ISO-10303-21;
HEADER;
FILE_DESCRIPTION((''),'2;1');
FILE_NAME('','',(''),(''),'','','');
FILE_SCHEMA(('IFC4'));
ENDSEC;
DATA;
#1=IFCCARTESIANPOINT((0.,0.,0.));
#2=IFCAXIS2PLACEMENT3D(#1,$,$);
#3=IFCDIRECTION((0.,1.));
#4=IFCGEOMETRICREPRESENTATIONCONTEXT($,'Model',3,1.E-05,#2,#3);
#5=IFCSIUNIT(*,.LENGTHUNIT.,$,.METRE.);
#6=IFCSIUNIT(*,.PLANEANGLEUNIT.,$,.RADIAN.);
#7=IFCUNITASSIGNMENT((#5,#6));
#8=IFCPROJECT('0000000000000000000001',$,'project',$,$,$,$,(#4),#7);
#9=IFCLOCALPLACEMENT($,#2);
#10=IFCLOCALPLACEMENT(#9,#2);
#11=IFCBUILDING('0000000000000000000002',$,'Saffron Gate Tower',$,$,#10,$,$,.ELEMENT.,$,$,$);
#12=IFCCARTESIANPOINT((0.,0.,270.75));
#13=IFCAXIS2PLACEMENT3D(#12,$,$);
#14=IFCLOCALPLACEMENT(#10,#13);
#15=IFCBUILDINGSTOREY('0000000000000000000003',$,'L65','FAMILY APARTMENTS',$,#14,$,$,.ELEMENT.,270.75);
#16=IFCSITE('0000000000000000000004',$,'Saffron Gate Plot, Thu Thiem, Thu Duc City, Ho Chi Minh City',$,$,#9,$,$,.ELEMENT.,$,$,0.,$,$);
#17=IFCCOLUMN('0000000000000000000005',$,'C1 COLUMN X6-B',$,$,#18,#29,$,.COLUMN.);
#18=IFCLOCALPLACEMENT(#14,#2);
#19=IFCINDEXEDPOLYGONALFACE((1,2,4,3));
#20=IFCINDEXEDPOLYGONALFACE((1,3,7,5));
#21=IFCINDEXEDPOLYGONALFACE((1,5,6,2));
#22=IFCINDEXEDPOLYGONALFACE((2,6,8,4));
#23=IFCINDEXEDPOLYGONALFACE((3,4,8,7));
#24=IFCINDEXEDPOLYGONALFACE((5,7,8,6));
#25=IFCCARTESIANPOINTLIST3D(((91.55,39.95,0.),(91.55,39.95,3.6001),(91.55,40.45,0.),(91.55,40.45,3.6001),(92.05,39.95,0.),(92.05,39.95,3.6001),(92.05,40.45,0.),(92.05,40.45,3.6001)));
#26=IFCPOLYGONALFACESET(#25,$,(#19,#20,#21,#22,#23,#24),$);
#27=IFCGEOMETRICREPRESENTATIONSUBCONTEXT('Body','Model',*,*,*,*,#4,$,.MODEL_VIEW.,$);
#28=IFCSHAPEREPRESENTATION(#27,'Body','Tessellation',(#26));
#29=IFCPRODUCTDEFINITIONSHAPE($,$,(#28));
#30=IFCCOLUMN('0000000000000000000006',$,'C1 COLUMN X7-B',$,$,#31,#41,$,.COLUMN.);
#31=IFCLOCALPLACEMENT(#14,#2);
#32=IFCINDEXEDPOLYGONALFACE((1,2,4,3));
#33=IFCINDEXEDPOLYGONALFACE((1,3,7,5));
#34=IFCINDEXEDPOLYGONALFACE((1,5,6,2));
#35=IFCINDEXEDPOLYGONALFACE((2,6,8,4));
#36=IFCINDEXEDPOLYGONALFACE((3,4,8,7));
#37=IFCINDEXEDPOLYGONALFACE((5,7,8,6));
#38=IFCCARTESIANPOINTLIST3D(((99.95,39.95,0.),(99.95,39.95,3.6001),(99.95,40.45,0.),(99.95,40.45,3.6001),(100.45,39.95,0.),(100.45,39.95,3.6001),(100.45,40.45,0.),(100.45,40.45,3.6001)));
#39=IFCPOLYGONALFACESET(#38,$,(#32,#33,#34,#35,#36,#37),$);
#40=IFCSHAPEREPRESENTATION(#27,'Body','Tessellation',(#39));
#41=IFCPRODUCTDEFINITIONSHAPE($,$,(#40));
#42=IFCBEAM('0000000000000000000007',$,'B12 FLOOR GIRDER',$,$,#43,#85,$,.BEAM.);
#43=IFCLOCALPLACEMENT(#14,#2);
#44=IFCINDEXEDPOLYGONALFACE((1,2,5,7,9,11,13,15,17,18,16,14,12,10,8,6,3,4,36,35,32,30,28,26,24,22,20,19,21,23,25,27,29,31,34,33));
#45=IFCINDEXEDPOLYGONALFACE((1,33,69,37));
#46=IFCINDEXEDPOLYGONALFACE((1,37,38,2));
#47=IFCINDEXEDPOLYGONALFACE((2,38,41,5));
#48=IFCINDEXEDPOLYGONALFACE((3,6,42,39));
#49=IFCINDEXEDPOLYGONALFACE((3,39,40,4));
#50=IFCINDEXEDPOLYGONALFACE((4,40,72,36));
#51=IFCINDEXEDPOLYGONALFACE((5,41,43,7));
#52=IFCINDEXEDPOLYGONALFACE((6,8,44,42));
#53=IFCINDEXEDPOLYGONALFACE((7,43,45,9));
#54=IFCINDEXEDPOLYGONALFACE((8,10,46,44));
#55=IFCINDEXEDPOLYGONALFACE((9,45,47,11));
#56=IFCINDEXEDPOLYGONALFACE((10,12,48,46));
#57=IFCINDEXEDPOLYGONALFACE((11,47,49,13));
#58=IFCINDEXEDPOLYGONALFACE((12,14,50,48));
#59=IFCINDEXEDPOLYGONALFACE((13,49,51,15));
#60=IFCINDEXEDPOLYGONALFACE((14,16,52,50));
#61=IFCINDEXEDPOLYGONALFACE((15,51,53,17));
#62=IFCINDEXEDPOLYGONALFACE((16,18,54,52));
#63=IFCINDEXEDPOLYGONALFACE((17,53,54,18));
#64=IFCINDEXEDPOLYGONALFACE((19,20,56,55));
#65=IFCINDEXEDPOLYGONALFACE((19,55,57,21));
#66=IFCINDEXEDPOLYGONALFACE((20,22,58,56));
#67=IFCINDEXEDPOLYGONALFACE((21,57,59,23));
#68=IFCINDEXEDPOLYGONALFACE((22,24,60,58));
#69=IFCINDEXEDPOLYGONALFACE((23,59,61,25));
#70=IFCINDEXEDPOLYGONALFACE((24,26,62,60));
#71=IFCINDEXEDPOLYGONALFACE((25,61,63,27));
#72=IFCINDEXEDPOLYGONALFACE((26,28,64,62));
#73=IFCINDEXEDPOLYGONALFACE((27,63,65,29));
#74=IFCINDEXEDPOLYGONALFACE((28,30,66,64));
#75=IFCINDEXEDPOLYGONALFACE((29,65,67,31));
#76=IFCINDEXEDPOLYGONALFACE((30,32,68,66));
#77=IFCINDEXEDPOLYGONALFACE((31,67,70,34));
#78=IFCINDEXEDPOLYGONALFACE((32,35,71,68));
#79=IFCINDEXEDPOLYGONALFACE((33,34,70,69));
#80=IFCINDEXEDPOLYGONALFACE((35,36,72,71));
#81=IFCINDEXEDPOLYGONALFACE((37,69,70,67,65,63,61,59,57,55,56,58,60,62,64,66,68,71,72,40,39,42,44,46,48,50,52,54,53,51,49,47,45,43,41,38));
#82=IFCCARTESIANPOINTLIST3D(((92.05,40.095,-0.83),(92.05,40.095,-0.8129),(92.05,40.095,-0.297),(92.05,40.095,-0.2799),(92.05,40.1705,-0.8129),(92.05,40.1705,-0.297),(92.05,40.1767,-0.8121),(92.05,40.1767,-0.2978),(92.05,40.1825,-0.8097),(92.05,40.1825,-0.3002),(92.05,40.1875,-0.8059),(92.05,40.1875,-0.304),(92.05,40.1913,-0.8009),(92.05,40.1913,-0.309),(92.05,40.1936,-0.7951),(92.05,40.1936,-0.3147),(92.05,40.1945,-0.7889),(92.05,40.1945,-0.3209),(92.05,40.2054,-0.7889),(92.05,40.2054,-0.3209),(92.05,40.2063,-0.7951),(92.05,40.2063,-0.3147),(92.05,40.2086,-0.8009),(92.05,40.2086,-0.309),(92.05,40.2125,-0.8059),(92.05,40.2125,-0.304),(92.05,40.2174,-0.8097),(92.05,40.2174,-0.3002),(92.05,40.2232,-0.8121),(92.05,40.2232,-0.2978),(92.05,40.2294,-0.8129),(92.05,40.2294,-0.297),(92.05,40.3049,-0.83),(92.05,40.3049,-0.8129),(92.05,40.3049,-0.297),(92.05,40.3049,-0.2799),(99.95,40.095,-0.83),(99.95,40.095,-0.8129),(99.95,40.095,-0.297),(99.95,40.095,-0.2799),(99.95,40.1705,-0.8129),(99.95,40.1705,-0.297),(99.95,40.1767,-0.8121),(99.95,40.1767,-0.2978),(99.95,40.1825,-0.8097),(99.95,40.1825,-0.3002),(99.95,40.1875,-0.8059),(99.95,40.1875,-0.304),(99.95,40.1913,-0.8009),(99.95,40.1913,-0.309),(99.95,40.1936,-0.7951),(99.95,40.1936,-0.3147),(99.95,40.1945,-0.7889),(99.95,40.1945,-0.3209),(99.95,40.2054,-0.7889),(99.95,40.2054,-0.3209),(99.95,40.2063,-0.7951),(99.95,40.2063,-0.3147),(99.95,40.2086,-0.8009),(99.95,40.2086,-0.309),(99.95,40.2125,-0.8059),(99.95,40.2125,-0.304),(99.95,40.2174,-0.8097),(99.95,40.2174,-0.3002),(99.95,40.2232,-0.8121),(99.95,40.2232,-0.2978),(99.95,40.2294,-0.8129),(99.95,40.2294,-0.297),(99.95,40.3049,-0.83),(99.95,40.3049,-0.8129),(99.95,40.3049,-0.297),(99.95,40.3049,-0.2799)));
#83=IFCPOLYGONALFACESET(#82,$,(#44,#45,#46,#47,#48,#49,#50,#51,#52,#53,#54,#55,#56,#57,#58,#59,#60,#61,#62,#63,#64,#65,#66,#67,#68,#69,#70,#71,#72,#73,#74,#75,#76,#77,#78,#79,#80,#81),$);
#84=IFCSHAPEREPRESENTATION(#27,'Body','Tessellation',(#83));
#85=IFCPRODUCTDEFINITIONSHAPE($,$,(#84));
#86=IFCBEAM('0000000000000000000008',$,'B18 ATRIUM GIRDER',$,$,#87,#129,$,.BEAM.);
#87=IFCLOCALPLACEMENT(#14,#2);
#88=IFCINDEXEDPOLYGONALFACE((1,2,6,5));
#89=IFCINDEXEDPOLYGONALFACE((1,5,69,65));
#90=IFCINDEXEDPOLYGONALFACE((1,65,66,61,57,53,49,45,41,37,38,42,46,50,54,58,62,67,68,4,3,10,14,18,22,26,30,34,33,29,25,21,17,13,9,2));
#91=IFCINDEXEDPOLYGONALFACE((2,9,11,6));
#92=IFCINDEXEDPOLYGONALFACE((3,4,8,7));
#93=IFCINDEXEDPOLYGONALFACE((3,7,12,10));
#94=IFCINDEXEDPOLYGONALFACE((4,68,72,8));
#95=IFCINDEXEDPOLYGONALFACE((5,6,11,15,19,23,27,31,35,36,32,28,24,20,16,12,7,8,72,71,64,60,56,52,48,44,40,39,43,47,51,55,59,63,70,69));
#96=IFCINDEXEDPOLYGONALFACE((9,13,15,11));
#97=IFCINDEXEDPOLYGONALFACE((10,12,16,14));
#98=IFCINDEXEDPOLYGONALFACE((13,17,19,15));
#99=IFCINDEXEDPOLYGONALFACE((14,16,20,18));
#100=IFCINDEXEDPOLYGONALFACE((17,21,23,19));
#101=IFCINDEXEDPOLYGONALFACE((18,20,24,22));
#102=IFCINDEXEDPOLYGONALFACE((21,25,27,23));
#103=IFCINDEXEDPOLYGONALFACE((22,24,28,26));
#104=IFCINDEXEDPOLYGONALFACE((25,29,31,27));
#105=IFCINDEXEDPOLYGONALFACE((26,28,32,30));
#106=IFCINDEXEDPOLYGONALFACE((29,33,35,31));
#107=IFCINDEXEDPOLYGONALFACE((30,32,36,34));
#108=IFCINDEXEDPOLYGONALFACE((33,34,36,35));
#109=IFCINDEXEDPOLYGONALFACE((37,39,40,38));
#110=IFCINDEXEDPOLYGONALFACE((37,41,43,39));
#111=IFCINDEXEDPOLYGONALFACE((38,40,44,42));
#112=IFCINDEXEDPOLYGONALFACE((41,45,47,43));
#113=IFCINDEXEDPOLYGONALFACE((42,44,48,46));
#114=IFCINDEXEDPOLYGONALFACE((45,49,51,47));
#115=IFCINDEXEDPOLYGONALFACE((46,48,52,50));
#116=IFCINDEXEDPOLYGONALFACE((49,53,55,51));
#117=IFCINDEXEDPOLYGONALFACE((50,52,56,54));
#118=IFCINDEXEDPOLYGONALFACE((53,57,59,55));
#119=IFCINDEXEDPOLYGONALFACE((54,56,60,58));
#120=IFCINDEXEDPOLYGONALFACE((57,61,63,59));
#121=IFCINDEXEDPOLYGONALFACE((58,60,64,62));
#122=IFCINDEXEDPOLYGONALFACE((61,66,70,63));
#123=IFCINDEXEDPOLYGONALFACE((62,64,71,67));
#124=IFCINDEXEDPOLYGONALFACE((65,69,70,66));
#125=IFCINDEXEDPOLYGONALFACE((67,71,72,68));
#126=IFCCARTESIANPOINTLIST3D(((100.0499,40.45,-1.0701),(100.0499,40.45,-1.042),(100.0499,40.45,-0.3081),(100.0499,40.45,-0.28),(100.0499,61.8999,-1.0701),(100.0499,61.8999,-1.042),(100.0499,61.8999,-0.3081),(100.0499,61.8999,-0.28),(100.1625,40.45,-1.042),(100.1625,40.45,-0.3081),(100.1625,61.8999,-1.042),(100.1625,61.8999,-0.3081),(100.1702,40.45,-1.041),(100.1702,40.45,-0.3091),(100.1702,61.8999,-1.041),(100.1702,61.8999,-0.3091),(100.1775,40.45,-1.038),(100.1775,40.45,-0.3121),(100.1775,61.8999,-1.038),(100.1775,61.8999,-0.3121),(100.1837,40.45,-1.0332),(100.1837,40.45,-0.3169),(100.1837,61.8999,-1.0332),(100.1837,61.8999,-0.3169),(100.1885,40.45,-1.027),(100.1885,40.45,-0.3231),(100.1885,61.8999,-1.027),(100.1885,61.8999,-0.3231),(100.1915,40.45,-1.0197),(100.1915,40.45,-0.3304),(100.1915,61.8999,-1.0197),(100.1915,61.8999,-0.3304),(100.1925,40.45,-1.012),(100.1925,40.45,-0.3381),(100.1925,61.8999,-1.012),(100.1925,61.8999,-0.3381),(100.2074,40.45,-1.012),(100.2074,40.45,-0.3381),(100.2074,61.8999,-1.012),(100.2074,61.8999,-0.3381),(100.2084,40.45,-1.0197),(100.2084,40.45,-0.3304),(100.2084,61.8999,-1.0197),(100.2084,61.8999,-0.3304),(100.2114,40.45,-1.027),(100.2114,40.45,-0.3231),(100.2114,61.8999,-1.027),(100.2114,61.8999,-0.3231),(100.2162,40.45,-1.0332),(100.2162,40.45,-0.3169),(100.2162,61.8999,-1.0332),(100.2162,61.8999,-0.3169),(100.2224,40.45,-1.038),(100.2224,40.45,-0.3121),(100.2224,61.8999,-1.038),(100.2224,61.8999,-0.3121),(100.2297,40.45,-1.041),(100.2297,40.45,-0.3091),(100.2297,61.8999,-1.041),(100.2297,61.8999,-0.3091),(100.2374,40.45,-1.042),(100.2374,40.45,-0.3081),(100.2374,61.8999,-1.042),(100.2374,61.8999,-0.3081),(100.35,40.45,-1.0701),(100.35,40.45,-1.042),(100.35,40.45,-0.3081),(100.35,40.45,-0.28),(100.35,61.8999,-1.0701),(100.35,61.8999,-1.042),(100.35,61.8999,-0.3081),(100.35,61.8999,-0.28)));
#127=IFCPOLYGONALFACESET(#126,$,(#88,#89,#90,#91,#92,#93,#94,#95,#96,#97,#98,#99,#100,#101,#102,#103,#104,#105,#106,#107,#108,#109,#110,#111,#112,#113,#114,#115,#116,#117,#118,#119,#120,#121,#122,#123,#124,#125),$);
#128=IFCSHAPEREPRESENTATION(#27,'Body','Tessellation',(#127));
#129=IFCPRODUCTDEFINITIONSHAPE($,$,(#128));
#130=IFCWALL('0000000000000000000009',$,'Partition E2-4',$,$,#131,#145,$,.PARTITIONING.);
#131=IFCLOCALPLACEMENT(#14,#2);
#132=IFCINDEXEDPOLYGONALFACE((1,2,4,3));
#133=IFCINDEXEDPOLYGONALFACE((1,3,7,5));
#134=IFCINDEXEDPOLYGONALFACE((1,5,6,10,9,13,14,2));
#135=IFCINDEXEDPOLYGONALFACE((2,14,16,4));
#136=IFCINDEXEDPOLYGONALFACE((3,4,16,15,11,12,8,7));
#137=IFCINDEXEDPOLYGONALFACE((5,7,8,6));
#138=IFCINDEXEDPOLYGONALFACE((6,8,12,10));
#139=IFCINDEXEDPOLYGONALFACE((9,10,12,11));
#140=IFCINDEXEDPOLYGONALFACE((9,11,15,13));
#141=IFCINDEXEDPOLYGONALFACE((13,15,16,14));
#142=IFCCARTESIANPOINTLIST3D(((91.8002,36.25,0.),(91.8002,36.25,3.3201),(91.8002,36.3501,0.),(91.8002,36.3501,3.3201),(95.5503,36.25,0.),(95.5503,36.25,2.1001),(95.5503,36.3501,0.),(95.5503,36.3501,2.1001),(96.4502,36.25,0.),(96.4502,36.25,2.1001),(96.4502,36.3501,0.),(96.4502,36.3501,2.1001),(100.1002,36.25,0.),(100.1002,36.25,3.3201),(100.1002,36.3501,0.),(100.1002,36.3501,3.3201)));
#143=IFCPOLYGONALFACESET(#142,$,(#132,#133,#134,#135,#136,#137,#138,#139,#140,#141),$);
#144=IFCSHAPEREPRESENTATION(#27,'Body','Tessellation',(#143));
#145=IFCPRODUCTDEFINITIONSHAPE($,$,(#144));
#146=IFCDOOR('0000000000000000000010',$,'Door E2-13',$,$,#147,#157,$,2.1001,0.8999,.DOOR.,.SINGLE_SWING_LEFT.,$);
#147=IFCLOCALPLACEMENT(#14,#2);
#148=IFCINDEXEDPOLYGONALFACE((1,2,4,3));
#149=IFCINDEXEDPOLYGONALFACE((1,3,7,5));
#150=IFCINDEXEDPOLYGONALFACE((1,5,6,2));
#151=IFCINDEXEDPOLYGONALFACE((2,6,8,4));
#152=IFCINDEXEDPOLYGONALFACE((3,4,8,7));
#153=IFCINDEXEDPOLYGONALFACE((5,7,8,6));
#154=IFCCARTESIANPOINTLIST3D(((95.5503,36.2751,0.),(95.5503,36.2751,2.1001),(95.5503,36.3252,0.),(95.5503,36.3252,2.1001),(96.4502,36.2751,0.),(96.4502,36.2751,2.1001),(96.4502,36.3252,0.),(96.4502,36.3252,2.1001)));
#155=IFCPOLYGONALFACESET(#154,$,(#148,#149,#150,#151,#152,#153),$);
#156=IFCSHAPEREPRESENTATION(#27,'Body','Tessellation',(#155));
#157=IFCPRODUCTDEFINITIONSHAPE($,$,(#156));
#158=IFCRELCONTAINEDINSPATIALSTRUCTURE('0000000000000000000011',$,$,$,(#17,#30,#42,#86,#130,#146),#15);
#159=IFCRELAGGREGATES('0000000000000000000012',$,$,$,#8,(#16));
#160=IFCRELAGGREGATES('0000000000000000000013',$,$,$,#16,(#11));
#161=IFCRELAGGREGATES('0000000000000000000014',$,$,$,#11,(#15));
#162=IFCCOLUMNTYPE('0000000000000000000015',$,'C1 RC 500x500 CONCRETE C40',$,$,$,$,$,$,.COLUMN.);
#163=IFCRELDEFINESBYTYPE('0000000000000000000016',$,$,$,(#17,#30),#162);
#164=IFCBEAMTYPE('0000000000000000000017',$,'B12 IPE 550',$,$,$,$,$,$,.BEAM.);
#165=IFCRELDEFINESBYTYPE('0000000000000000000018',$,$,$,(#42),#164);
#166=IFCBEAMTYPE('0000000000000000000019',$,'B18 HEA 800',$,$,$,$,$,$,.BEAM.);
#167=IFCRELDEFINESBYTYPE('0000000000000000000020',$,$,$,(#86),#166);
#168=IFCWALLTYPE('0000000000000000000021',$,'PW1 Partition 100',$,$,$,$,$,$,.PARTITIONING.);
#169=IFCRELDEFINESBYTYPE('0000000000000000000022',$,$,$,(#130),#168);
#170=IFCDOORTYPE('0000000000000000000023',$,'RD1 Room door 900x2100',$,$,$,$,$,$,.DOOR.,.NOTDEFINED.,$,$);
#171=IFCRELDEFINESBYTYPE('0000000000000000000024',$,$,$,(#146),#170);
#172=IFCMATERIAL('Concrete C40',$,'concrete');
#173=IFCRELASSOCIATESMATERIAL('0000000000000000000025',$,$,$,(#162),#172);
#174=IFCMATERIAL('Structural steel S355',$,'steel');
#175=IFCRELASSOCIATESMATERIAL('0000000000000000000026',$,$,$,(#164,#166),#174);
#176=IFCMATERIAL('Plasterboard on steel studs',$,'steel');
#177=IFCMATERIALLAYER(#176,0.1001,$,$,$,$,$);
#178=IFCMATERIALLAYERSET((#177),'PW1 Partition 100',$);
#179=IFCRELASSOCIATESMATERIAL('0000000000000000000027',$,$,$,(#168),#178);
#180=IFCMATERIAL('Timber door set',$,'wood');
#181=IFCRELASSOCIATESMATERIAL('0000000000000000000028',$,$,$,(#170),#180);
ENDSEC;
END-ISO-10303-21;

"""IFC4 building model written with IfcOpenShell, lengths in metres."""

from ifc_helpers import new_model, si_unit, direction, frame, frame_2d, origin, origin_2d, place, context, subcontext, project, spatial, rectangle, i_section, extrude, material, layer, layer_set, material_profile, profile_set, type_object, element, fill, save


model = new_model("IFC4")

# Units and contexts
model_context = context("Model", 3, precision=1e-05, world=origin(), true_north=direction((0.0, 1.0)))
body_context = subcontext(model_context, "Body", "Model", "MODEL_VIEW")
ifc_project = project(units=[si_unit("LENGTHUNIT", "METRE"), si_unit("PLANEANGLEUNIT", "RADIAN")], contexts=[model_context])

# Site, building, storey
site_placement = place(None, origin())
site = spatial("IfcSite", under=ifc_project, at=site_placement, Name="Saffron Gate Plot, Thu Thiem, Thu Duc City, Ho Chi Minh City", CompositionType="ELEMENT", RefElevation=0.0)
building_placement = place(site_placement, origin())
building = spatial("IfcBuilding", under=site, at=building_placement, Name="Saffron Gate Tower", CompositionType="ELEMENT")
storey_placement = place(building_placement, frame((0.0, 0.0, 270.75)))
storey = spatial("IfcBuildingStorey", under=building, at=storey_placement, Name="L65", Description="FAMILY APARTMENTS", CompositionType="ELEMENT", Elevation=270.75)

# Columns
ifc_material_1 = material(Name="Concrete C40", Category="concrete")
ifc_material_profile_1 = material_profile(ifc_material_1, rectangle(XDim=0.5, YDim=0.5, at=origin_2d()))
ifc_profile_set_1 = profile_set([ifc_material_profile_1], Name="Concrete C40")
column_type = type_object("IfcColumnType", Name="C1 RC 500x500 CONCRETE C40", PredefinedType="COLUMN", material=ifc_profile_set_1)
for number, where, z_axis, x_axis, name in (
    (1, (91.8, 40.2, 0.0), (0.0, 0.0, 1.0), (1.0, 0.0, 0.0), "C1 COLUMN X6-B"),
    (2, (100.2, 40.2, 0.0), (0.0, 0.0, 1.0), (1.0, 0.0, 0.0), "C1 COLUMN X7-B"),
):
    element("IfcColumn", number, at=place(storey_placement, frame(where, z_axis=z_axis, x_axis=x_axis)), inside=storey, type_object=column_type, Name=name, PredefinedType="COLUMN", context=body_context, shape_type="SweptSolid", body=[
        extrude(rectangle(XDim=0.5, YDim=0.5, at=origin_2d()), origin(), (0.0, 0.0, 1.0), 3.6001),
    ])

# Beams
ifc_material_2 = material(Name="Structural steel S355", Category="steel")
ifc_material_profile_2 = material_profile(ifc_material_2, i_section(OverallWidth=0.21, OverallDepth=0.55, WebThickness=0.011, FlangeThickness=0.0171, FilletRadius=0.0239, at=origin_2d()))
ifc_profile_set_2 = profile_set([ifc_material_profile_2], Name="Structural steel S355")
beam_type_1 = type_object("IfcBeamType", Name="B12 IPE 550", PredefinedType="BEAM", material=ifc_profile_set_2)
beam_1_placement = place(storey_placement, frame((92.05, 40.2, -0.5549), z_axis=(1.0, 0.0, 0.0), x_axis=(0.0, 1.0, 0.0)))
element("IfcBeam", 3, at=beam_1_placement, inside=storey, type_object=beam_type_1, Name="B12 FLOOR GIRDER", PredefinedType="BEAM", context=body_context, shape_type="SweptSolid", body=[
    extrude(i_section(OverallWidth=0.21, OverallDepth=0.55, WebThickness=0.011, FlangeThickness=0.0171, FilletRadius=0.0239, at=origin_2d()), origin(), (0.0, 0.0, 1.0), 7.8999),
])
ifc_material_profile_3 = material_profile(ifc_material_2, i_section(OverallWidth=0.3, OverallDepth=0.79, WebThickness=0.0149, FlangeThickness=0.0281, FilletRadius=0.03, at=origin_2d()))
ifc_profile_set_3 = profile_set([ifc_material_profile_3], Name="Structural steel S355")
beam_type_2 = type_object("IfcBeamType", Name="B18 HEA 800", PredefinedType="BEAM", material=ifc_profile_set_3)
beam_2_placement = place(storey_placement, frame((100.2, 40.45, -0.675), z_axis=(0.0, 1.0, 0.0), x_axis=(-1.0, 0.0, 0.0)))
element("IfcBeam", 4, at=beam_2_placement, inside=storey, type_object=beam_type_2, Name="B18 ATRIUM GIRDER", PredefinedType="BEAM", context=body_context, shape_type="SweptSolid", body=[
    extrude(i_section(OverallWidth=0.3, OverallDepth=0.79, WebThickness=0.0149, FlangeThickness=0.0281, FilletRadius=0.03, at=origin_2d()), origin(), (0.0, 0.0, 1.0), 21.45),
])

# Wall, opening, door
ifc_material_3 = material(Name="Plasterboard on steel studs", Category="steel")
ifc_layer_1 = layer(ifc_material_3, 0.1001)
ifc_layer_set_1 = layer_set([ifc_layer_1], Name="PW1 Partition 100")
wall_type_1 = type_object("IfcWallType", Name="PW1 Partition 100", PredefinedType="PARTITIONING", material=ifc_layer_set_1)
wall_1_placement = place(storey_placement, frame((100.1001, 36.3, 0.0), z_axis=(0.0, 0.0, 1.0), x_axis=(-1.0, 0.0, 0.0)))
wall_1 = element("IfcWall", 5, at=wall_1_placement, inside=storey, type_object=wall_type_1, Name="Partition E2-4", PredefinedType="PARTITIONING", context=body_context, shape_type="SweptSolid", body=[
    extrude(rectangle(XDim=8.3, YDim=0.1001, at=frame_2d((4.1499, 0.0))), origin(), (0.0, 0.0, 1.0), 3.3201),
])
opening_1_placement = place(wall_1_placement, frame((3.6499, 0.0, 0.0)))
opening_1 = element("IfcOpeningElement", 6, at=opening_1_placement, cuts=wall_1, PredefinedType="OPENING", context=body_context, shape_type="SweptSolid", body=[
    extrude(rectangle(XDim=0.8999, YDim=2.1001, at=frame_2d((0.45, 1.05))), frame((0.0, 0.0601, 0.0), z_axis=(0.0, -1.0, 0.0), x_axis=(1.0, 0.0, 0.0)), (0.0, 0.0, 1.0), 0.1201),
])
ifc_material_4 = material(Name="Timber door set", Category="wood")
door_type = type_object("IfcDoorType", Name="RD1 Room door 900x2100", OperationType="NOTDEFINED", PredefinedType="DOOR", material=ifc_material_4)
door_1_placement = place(opening_1_placement, origin())
door_1 = element("IfcDoor", 7, at=door_1_placement, inside=storey, type_object=door_type, Name="Door E2-13", OperationType="SINGLE_SWING_LEFT", OverallHeight=2.1001, OverallWidth=0.8999, PredefinedType="DOOR", context=body_context, shape_type="SweptSolid", body=[
    extrude(rectangle(XDim=0.8999, YDim=2.1001, at=frame_2d((0.45, 1.05))), frame((0.0, 0.0249, 0.0), z_axis=(0.0, -1.0, 0.0), x_axis=(1.0, 0.0, 0.0)), (0.0, 0.0, 1.0), 0.05),
])
fill(opening_1, door_1)

save(model, "model.ifc")
